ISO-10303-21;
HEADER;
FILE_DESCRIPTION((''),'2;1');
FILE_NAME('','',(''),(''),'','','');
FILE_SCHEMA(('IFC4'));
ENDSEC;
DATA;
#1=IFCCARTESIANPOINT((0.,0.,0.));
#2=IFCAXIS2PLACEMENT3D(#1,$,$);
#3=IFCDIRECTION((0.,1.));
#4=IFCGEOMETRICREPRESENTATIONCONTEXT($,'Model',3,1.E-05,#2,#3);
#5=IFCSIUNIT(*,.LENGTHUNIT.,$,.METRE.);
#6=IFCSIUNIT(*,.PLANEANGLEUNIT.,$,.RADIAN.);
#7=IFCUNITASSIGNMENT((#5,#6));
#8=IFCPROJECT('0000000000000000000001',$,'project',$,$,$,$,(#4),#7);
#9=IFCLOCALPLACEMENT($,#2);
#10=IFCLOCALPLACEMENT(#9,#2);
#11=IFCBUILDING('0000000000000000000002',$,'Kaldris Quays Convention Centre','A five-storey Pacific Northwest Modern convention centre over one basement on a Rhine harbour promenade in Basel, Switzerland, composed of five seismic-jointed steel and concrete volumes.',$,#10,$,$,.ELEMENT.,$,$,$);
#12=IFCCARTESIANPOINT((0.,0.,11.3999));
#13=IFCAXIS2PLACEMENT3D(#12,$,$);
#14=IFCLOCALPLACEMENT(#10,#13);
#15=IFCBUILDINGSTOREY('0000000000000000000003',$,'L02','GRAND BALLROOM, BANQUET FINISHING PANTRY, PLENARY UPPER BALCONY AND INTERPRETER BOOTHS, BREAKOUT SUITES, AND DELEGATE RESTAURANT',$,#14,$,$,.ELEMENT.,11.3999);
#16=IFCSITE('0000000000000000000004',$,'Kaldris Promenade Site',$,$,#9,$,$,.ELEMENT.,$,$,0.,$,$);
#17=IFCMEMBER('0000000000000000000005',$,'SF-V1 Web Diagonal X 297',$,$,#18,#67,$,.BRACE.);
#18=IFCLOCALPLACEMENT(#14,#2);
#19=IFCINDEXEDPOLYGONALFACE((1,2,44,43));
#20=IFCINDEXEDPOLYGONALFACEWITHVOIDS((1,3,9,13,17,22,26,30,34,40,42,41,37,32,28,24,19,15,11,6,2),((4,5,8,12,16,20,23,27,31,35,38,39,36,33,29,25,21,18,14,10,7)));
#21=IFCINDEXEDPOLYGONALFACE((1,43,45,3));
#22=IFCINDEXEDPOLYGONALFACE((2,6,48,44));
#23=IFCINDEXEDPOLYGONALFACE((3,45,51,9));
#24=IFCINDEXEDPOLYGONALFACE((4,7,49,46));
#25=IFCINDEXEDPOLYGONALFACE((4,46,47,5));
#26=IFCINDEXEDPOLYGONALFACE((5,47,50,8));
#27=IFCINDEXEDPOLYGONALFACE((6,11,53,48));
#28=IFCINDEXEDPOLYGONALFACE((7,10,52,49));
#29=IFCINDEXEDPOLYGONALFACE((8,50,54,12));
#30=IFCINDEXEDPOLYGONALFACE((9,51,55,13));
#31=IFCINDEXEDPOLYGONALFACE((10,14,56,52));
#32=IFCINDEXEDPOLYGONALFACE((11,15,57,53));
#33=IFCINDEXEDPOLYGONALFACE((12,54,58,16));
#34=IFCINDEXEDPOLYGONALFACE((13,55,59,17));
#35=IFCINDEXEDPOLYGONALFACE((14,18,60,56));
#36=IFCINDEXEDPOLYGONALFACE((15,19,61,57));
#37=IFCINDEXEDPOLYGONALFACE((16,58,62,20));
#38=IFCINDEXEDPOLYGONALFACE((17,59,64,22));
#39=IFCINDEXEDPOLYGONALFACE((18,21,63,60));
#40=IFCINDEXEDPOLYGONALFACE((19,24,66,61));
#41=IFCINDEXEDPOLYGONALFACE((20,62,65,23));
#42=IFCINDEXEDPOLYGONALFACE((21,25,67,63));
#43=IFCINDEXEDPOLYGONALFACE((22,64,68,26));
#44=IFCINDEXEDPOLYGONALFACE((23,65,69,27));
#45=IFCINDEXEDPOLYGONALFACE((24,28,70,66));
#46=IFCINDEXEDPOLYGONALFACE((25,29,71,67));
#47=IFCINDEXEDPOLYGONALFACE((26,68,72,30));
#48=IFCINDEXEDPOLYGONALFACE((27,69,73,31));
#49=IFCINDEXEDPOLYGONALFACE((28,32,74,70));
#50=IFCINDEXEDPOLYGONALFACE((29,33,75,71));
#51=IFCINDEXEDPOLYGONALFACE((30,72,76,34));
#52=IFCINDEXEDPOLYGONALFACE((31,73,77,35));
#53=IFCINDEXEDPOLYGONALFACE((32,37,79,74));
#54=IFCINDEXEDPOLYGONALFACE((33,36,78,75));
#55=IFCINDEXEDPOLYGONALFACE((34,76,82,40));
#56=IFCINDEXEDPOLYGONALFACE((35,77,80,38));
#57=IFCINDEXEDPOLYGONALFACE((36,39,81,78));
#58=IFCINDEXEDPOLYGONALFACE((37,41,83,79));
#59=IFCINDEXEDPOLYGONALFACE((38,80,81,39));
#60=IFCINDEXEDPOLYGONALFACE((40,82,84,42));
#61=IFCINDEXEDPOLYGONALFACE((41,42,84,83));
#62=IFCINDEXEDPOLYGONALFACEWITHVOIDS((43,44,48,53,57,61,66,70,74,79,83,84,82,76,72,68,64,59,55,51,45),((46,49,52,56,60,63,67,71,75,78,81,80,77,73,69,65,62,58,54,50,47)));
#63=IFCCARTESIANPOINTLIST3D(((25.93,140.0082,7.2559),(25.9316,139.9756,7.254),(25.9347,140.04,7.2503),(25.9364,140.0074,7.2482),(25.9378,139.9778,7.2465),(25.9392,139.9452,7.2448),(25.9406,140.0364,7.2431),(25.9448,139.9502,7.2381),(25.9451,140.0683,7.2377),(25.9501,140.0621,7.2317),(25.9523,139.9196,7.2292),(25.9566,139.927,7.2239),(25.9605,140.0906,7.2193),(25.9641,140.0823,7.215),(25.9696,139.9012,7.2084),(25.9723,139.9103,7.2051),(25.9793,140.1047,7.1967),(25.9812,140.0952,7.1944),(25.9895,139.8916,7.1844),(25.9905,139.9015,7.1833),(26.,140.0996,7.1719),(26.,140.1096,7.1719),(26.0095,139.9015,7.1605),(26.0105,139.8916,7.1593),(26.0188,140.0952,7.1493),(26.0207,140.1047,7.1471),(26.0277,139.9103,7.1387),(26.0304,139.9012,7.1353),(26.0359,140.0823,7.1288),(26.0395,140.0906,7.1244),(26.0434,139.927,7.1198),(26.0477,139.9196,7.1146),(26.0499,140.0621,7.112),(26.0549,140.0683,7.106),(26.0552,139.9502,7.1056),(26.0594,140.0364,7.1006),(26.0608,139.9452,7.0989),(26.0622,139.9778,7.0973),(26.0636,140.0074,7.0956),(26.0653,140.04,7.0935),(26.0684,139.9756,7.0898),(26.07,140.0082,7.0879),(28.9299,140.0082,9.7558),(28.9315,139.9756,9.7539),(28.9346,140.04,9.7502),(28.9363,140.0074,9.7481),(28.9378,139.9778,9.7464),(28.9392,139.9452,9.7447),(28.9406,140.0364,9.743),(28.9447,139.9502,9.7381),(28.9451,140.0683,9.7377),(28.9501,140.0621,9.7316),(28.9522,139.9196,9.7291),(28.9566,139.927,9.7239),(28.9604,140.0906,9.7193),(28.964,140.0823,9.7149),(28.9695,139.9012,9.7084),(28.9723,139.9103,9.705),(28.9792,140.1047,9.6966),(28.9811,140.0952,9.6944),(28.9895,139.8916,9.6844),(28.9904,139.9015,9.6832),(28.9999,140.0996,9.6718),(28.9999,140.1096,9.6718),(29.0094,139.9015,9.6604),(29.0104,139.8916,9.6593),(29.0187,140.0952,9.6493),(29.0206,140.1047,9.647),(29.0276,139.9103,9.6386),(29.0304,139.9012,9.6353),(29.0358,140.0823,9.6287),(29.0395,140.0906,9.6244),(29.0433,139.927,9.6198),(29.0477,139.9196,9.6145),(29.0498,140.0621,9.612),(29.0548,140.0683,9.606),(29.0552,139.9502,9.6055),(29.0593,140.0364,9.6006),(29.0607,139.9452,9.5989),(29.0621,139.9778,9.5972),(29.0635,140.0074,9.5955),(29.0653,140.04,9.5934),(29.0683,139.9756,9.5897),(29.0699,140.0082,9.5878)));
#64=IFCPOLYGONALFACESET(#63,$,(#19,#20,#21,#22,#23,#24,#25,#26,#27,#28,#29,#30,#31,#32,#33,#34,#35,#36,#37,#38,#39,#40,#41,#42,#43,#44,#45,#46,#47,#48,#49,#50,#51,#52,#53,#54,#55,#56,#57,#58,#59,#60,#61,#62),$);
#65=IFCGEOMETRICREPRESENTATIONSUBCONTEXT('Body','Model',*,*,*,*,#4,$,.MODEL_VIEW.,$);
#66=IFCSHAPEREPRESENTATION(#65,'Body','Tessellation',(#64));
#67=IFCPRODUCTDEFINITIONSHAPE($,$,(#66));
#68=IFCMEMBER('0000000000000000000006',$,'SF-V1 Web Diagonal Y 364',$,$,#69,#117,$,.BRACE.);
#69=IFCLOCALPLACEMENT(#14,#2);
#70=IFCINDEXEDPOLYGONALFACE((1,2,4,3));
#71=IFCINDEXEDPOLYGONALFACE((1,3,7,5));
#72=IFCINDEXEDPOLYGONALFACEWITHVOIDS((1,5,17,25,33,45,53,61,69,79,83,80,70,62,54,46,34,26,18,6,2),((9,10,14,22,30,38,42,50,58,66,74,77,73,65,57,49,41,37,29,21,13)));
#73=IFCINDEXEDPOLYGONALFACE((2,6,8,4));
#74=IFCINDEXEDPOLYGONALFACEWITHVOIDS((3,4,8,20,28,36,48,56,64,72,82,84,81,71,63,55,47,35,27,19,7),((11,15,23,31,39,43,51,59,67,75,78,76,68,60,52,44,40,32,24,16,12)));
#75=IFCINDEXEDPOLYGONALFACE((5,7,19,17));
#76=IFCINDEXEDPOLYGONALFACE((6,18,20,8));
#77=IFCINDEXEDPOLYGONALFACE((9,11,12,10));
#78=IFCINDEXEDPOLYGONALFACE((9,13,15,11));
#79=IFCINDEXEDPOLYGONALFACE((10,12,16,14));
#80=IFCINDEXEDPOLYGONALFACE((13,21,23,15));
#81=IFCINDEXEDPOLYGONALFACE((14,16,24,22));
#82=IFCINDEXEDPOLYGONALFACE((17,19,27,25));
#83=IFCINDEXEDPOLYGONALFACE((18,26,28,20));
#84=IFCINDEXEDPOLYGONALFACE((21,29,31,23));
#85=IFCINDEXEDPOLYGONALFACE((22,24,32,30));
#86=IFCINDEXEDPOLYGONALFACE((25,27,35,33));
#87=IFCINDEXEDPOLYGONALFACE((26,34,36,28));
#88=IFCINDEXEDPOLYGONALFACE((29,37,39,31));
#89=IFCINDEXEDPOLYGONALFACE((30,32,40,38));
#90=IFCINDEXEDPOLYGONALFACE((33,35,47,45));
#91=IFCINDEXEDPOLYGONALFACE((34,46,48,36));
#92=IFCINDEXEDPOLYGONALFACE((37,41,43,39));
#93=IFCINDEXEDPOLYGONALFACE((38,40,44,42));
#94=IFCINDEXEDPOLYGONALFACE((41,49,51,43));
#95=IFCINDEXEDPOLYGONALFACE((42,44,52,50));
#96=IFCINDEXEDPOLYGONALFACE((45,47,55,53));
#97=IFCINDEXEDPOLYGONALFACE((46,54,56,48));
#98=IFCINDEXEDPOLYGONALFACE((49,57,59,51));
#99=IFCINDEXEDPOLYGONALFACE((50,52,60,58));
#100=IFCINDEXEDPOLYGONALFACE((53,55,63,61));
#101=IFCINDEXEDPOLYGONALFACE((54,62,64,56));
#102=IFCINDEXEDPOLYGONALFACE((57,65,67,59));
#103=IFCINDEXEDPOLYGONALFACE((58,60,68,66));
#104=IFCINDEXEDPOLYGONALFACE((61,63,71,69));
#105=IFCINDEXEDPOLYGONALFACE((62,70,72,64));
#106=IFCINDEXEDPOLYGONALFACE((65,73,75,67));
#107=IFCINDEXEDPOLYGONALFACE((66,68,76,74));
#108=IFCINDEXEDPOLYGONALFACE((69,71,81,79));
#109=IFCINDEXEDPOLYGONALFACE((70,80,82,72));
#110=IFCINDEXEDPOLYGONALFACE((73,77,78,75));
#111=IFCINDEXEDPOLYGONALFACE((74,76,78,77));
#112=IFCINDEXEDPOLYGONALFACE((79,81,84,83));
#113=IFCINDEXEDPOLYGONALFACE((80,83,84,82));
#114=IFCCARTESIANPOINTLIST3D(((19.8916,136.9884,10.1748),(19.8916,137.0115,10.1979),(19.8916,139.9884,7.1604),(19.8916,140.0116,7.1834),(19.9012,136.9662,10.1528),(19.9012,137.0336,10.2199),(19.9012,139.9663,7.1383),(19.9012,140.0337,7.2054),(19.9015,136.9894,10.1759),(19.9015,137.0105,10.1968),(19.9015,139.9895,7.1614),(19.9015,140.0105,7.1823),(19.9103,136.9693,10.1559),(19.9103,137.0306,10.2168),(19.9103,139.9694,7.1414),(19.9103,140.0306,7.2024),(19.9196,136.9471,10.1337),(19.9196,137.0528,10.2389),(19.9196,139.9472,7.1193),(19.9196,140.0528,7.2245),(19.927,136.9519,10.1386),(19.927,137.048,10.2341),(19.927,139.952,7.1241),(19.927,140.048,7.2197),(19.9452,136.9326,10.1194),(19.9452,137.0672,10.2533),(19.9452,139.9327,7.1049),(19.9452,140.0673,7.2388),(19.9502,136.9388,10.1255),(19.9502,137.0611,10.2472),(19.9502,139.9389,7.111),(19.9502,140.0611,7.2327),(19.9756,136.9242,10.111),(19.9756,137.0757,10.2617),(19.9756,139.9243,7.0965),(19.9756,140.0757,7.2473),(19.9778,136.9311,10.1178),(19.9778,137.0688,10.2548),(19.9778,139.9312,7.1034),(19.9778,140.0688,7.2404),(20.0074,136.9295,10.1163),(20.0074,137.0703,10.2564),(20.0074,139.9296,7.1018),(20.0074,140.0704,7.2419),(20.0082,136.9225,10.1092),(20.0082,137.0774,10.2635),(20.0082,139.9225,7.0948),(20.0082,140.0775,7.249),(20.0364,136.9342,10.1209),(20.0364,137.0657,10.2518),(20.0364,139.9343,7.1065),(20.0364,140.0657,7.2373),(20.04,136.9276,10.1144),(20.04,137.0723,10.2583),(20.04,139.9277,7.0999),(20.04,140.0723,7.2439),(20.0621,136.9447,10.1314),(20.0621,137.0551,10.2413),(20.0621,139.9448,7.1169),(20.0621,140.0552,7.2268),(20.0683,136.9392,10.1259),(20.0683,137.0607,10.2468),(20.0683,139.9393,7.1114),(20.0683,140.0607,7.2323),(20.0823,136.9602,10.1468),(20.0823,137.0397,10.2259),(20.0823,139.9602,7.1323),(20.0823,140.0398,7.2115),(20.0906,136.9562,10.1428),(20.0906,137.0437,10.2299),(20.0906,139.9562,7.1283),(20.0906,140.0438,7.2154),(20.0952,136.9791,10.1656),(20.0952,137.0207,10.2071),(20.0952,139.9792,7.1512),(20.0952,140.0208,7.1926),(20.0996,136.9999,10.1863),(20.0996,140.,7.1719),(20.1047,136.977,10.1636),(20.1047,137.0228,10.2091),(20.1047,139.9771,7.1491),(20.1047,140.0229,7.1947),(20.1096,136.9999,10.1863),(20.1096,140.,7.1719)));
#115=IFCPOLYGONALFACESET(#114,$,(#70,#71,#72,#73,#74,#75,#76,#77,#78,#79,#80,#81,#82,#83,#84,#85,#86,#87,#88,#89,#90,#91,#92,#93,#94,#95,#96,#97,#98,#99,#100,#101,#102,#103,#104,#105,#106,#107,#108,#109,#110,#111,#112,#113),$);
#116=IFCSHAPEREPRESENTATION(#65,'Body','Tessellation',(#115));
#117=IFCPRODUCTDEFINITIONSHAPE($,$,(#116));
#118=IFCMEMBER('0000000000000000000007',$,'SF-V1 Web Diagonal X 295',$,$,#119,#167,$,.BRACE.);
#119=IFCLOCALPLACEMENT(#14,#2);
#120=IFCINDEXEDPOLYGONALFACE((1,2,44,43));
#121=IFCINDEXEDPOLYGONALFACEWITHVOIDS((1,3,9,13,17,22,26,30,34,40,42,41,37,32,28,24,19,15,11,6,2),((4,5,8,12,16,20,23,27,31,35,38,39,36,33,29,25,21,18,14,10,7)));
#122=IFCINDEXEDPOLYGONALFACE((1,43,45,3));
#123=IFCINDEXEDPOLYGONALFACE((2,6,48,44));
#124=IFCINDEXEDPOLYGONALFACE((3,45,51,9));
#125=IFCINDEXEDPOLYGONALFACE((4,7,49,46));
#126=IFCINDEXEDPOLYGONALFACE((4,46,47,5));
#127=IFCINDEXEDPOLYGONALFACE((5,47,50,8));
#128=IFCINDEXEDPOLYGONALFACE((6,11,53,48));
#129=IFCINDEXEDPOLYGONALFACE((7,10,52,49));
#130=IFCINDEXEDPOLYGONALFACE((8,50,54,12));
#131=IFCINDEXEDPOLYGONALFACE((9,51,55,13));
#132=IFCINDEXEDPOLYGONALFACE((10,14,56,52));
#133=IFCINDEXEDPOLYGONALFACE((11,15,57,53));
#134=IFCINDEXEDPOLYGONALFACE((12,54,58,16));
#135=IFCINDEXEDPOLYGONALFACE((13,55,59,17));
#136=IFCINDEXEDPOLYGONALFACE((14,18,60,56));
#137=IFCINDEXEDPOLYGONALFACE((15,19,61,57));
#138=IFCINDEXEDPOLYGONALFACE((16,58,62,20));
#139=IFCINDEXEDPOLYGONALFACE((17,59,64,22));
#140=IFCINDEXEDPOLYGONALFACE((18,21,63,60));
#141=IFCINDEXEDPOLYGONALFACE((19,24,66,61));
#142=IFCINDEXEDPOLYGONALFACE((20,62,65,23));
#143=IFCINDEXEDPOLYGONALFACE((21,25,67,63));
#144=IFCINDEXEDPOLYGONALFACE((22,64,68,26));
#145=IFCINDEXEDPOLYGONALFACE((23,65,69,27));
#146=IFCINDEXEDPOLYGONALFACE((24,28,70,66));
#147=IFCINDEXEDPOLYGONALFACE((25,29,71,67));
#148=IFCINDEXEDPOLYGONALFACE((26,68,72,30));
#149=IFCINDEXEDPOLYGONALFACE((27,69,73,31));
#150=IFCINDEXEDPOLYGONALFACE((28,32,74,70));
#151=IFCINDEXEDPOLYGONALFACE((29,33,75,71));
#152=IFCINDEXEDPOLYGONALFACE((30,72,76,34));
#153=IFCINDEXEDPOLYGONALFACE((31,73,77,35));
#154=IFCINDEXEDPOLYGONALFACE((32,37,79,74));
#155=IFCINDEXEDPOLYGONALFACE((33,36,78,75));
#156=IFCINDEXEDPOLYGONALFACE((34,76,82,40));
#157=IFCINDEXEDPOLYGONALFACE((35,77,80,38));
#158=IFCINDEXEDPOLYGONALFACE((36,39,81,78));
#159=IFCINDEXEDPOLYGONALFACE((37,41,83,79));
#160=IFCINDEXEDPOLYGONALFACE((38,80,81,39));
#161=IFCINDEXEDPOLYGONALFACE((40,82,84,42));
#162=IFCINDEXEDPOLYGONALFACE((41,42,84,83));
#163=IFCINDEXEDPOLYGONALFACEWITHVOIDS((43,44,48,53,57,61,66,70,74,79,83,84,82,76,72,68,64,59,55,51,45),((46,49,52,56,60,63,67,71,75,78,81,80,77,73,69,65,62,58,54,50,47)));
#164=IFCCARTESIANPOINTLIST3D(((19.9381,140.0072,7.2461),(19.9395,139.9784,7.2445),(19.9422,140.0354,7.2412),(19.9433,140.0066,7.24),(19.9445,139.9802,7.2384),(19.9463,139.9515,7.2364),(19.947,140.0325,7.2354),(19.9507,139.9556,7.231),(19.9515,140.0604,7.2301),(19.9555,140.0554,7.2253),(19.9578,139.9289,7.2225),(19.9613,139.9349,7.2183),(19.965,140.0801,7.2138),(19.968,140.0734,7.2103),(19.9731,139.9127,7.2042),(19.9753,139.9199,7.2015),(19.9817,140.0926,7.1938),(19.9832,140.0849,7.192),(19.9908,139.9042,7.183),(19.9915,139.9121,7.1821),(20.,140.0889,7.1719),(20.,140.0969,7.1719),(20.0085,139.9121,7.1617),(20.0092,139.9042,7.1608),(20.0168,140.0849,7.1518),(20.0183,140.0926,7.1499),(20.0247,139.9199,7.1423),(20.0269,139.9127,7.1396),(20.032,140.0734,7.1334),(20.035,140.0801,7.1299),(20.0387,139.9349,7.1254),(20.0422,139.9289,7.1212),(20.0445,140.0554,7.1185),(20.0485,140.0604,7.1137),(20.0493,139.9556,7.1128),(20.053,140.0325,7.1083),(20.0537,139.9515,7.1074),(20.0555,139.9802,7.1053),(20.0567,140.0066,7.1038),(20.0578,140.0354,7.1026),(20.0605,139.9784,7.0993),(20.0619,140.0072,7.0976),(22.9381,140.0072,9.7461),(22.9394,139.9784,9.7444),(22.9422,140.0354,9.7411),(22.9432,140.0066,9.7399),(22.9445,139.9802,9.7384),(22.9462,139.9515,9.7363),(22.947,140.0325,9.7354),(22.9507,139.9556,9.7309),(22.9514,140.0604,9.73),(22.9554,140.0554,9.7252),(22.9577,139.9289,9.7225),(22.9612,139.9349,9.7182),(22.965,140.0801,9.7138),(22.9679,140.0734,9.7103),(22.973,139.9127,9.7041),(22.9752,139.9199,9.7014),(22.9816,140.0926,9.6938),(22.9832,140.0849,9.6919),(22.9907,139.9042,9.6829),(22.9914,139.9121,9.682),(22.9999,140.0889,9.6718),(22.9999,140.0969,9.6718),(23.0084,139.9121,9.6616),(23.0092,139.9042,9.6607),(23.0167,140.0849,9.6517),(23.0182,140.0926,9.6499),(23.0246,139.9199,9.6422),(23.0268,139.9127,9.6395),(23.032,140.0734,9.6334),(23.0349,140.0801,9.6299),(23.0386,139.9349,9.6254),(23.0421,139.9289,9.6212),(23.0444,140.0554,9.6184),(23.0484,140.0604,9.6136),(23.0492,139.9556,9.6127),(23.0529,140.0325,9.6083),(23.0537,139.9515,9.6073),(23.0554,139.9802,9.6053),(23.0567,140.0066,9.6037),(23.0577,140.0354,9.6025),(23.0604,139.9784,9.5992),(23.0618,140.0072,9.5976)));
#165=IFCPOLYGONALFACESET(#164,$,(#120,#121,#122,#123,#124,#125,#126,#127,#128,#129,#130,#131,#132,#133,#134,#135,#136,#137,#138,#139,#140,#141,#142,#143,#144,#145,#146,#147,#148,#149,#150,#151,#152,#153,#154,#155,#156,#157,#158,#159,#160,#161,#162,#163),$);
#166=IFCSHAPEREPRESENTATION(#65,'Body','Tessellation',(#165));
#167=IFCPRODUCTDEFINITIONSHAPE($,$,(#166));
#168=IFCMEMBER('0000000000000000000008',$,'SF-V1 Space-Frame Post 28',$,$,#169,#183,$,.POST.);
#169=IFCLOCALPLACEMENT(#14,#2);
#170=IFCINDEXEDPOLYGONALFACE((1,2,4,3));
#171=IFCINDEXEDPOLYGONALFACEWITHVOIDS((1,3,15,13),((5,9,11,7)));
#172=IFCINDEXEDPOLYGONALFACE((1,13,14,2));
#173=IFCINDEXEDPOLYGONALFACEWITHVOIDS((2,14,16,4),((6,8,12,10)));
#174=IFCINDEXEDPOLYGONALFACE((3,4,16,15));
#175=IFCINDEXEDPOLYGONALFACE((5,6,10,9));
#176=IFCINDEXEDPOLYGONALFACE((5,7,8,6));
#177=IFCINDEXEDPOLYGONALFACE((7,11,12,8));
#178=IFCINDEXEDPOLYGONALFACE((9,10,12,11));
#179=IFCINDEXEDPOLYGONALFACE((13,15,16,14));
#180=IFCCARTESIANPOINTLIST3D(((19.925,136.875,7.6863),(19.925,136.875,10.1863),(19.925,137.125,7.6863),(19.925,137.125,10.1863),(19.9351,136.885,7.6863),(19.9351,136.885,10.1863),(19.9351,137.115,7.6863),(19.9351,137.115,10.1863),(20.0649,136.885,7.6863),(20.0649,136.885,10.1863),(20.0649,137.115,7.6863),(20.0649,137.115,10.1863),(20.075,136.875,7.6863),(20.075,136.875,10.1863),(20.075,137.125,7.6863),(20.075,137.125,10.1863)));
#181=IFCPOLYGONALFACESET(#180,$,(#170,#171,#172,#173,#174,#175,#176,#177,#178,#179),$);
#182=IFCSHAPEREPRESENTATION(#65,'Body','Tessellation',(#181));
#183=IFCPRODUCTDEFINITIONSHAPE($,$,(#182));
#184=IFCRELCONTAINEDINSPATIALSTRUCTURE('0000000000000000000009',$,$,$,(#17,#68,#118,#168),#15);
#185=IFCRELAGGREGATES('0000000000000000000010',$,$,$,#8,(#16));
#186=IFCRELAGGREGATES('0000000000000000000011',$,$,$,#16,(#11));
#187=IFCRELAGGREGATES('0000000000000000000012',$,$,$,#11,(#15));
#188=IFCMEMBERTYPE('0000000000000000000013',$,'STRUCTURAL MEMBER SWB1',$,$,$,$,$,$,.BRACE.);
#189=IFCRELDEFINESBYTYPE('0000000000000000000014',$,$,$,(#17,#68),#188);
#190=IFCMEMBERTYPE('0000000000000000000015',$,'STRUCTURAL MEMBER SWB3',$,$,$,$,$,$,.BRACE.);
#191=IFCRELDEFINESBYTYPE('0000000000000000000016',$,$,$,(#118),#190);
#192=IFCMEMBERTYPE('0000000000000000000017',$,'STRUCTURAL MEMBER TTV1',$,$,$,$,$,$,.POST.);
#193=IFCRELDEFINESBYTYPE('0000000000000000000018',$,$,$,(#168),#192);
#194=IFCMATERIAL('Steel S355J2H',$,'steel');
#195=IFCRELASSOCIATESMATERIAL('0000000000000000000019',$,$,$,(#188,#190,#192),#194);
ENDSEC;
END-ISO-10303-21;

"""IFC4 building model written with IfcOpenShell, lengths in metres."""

from ifc_helpers import new_model, si_unit, direction, frame, origin, origin_2d, place, context, subcontext, project, spatial, hollow_rectangle, hollow_circle, extrude, material, material_profile, profile_set, type_object, element, save


model = new_model("IFC4")

# Units and contexts
model_context = context("Model", 3, precision=1e-05, world=origin(), true_north=direction((0.0, 1.0)))
body_context = subcontext(model_context, "Body", "Model", "MODEL_VIEW")
ifc_project = project(units=[si_unit("LENGTHUNIT", "METRE"), si_unit("PLANEANGLEUNIT", "RADIAN")], contexts=[model_context])

# Site, building, storey
site_placement = place(None, origin())
site = spatial("IfcSite", under=ifc_project, at=site_placement, Name="Kaldris Promenade Site", CompositionType="ELEMENT", RefElevation=0.0)
building_placement = place(site_placement, origin())
building = spatial("IfcBuilding", under=site, at=building_placement, Name="Kaldris Quays Convention Centre", Description="A five-storey Pacific Northwest Modern convention centre over one basement on a Rhine harbour promenade in Basel, Switzerland, composed of five seismic-jointed steel and concrete volumes.", CompositionType="ELEMENT")
storey_placement = place(building_placement, frame((0.0, 0.0, 11.3999)))
storey = spatial("IfcBuildingStorey", under=building, at=storey_placement, Name="L02", Description="GRAND BALLROOM, BANQUET FINISHING PANTRY, PLENARY UPPER BALCONY AND INTERPRETER BOOTHS, BREAKOUT SUITES, AND DELEGATE RESTAURANT", CompositionType="ELEMENT", Elevation=11.3999)

# Members
ifc_material_1 = material(Name="Steel S355J2H", Category="steel")
ifc_material_profile_1 = material_profile(ifc_material_1, hollow_circle(Radius=0.1096, WallThickness=0.01, at=origin_2d()), Name="CHS 219.1x10")
ifc_profile_set_1 = profile_set([ifc_material_profile_1], Name="Steel S355J2H")
member_type_1 = type_object("IfcMemberType", Name="STRUCTURAL MEMBER SWB1", PredefinedType="BRACE", material=ifc_profile_set_1)
for number, where, z_axis, x_axis, name in (
    (1, (26.0, 140.0, 7.1719), (0.768221, 0.0, 0.640184), (0.0, 1.0, 0.0), "SF-V1 Web Diagonal X 297"),
):
    element("IfcMember", number, at=place(storey_placement, frame(where, z_axis=z_axis, x_axis=x_axis)), inside=storey, type_object=member_type_1, Name=name, PredefinedType="BRACE", context=body_context, shape_type="SweptSolid", body=[
        extrude(hollow_circle(Radius=0.1096, WallThickness=0.01, at=origin_2d()), origin(), (0.0, 0.0, 1.0), 3.905),
    ])
member_1_placement = place(storey_placement, frame((20.0, 140.0, 7.1719), z_axis=(0.0, -0.705411, 0.708798), x_axis=(1.0, 0.0, 0.0)))
element("IfcMember", 2, at=member_1_placement, inside=storey, type_object=member_type_1, Name="SF-V1 Web Diagonal Y 364", PredefinedType="BRACE", context=body_context, shape_type="SweptSolid", body=[
    extrude(hollow_circle(Radius=0.1096, WallThickness=0.01, at=origin_2d()), origin(), (0.0, 0.0, 1.0), 4.2529),
])
ifc_material_profile_2 = material_profile(ifc_material_1, hollow_circle(Radius=0.0969, WallThickness=0.0081, at=origin_2d()), Name="CHS 193.7x8")
ifc_profile_set_2 = profile_set([ifc_material_profile_2], Name="Steel S355J2H")
member_type_2 = type_object("IfcMemberType", Name="STRUCTURAL MEMBER SWB3", PredefinedType="BRACE", material=ifc_profile_set_2)
member_2_placement = place(storey_placement, frame((20.0, 140.0, 7.1719), z_axis=(0.768221, 0.0, 0.640184), x_axis=(0.0, 1.0, 0.0)))
element("IfcMember", 3, at=member_2_placement, inside=storey, type_object=member_type_2, Name="SF-V1 Web Diagonal X 295", PredefinedType="BRACE", context=body_context, shape_type="SweptSolid", body=[
    extrude(hollow_circle(Radius=0.0969, WallThickness=0.0081, at=origin_2d()), origin(), (0.0, 0.0, 1.0), 3.905),
])
ifc_material_profile_3 = material_profile(ifc_material_1, hollow_rectangle(XDim=0.1499, YDim=0.25, WallThickness=0.01, at=origin_2d()), Name="RHS 250x150x10")
ifc_profile_set_3 = profile_set([ifc_material_profile_3], Name="Steel S355J2H")
member_type_3 = type_object("IfcMemberType", Name="STRUCTURAL MEMBER TTV1", PredefinedType="POST", material=ifc_profile_set_3)
member_3_placement = place(storey_placement, frame((20.0, 137.0, 7.6863), z_axis=(0.0, 0.0, 1.0), x_axis=(1.0, 0.0, 0.0)))
element("IfcMember", 4, at=member_3_placement, inside=storey, type_object=member_type_3, Name="SF-V1 Space-Frame Post 28", PredefinedType="POST", context=body_context, shape_type="SweptSolid", body=[
    extrude(hollow_rectangle(XDim=0.1499, YDim=0.25, WallThickness=0.01, at=origin_2d()), origin(), (0.0, 0.0, 1.0), 2.5),
])

save(model, "model.ifc")
